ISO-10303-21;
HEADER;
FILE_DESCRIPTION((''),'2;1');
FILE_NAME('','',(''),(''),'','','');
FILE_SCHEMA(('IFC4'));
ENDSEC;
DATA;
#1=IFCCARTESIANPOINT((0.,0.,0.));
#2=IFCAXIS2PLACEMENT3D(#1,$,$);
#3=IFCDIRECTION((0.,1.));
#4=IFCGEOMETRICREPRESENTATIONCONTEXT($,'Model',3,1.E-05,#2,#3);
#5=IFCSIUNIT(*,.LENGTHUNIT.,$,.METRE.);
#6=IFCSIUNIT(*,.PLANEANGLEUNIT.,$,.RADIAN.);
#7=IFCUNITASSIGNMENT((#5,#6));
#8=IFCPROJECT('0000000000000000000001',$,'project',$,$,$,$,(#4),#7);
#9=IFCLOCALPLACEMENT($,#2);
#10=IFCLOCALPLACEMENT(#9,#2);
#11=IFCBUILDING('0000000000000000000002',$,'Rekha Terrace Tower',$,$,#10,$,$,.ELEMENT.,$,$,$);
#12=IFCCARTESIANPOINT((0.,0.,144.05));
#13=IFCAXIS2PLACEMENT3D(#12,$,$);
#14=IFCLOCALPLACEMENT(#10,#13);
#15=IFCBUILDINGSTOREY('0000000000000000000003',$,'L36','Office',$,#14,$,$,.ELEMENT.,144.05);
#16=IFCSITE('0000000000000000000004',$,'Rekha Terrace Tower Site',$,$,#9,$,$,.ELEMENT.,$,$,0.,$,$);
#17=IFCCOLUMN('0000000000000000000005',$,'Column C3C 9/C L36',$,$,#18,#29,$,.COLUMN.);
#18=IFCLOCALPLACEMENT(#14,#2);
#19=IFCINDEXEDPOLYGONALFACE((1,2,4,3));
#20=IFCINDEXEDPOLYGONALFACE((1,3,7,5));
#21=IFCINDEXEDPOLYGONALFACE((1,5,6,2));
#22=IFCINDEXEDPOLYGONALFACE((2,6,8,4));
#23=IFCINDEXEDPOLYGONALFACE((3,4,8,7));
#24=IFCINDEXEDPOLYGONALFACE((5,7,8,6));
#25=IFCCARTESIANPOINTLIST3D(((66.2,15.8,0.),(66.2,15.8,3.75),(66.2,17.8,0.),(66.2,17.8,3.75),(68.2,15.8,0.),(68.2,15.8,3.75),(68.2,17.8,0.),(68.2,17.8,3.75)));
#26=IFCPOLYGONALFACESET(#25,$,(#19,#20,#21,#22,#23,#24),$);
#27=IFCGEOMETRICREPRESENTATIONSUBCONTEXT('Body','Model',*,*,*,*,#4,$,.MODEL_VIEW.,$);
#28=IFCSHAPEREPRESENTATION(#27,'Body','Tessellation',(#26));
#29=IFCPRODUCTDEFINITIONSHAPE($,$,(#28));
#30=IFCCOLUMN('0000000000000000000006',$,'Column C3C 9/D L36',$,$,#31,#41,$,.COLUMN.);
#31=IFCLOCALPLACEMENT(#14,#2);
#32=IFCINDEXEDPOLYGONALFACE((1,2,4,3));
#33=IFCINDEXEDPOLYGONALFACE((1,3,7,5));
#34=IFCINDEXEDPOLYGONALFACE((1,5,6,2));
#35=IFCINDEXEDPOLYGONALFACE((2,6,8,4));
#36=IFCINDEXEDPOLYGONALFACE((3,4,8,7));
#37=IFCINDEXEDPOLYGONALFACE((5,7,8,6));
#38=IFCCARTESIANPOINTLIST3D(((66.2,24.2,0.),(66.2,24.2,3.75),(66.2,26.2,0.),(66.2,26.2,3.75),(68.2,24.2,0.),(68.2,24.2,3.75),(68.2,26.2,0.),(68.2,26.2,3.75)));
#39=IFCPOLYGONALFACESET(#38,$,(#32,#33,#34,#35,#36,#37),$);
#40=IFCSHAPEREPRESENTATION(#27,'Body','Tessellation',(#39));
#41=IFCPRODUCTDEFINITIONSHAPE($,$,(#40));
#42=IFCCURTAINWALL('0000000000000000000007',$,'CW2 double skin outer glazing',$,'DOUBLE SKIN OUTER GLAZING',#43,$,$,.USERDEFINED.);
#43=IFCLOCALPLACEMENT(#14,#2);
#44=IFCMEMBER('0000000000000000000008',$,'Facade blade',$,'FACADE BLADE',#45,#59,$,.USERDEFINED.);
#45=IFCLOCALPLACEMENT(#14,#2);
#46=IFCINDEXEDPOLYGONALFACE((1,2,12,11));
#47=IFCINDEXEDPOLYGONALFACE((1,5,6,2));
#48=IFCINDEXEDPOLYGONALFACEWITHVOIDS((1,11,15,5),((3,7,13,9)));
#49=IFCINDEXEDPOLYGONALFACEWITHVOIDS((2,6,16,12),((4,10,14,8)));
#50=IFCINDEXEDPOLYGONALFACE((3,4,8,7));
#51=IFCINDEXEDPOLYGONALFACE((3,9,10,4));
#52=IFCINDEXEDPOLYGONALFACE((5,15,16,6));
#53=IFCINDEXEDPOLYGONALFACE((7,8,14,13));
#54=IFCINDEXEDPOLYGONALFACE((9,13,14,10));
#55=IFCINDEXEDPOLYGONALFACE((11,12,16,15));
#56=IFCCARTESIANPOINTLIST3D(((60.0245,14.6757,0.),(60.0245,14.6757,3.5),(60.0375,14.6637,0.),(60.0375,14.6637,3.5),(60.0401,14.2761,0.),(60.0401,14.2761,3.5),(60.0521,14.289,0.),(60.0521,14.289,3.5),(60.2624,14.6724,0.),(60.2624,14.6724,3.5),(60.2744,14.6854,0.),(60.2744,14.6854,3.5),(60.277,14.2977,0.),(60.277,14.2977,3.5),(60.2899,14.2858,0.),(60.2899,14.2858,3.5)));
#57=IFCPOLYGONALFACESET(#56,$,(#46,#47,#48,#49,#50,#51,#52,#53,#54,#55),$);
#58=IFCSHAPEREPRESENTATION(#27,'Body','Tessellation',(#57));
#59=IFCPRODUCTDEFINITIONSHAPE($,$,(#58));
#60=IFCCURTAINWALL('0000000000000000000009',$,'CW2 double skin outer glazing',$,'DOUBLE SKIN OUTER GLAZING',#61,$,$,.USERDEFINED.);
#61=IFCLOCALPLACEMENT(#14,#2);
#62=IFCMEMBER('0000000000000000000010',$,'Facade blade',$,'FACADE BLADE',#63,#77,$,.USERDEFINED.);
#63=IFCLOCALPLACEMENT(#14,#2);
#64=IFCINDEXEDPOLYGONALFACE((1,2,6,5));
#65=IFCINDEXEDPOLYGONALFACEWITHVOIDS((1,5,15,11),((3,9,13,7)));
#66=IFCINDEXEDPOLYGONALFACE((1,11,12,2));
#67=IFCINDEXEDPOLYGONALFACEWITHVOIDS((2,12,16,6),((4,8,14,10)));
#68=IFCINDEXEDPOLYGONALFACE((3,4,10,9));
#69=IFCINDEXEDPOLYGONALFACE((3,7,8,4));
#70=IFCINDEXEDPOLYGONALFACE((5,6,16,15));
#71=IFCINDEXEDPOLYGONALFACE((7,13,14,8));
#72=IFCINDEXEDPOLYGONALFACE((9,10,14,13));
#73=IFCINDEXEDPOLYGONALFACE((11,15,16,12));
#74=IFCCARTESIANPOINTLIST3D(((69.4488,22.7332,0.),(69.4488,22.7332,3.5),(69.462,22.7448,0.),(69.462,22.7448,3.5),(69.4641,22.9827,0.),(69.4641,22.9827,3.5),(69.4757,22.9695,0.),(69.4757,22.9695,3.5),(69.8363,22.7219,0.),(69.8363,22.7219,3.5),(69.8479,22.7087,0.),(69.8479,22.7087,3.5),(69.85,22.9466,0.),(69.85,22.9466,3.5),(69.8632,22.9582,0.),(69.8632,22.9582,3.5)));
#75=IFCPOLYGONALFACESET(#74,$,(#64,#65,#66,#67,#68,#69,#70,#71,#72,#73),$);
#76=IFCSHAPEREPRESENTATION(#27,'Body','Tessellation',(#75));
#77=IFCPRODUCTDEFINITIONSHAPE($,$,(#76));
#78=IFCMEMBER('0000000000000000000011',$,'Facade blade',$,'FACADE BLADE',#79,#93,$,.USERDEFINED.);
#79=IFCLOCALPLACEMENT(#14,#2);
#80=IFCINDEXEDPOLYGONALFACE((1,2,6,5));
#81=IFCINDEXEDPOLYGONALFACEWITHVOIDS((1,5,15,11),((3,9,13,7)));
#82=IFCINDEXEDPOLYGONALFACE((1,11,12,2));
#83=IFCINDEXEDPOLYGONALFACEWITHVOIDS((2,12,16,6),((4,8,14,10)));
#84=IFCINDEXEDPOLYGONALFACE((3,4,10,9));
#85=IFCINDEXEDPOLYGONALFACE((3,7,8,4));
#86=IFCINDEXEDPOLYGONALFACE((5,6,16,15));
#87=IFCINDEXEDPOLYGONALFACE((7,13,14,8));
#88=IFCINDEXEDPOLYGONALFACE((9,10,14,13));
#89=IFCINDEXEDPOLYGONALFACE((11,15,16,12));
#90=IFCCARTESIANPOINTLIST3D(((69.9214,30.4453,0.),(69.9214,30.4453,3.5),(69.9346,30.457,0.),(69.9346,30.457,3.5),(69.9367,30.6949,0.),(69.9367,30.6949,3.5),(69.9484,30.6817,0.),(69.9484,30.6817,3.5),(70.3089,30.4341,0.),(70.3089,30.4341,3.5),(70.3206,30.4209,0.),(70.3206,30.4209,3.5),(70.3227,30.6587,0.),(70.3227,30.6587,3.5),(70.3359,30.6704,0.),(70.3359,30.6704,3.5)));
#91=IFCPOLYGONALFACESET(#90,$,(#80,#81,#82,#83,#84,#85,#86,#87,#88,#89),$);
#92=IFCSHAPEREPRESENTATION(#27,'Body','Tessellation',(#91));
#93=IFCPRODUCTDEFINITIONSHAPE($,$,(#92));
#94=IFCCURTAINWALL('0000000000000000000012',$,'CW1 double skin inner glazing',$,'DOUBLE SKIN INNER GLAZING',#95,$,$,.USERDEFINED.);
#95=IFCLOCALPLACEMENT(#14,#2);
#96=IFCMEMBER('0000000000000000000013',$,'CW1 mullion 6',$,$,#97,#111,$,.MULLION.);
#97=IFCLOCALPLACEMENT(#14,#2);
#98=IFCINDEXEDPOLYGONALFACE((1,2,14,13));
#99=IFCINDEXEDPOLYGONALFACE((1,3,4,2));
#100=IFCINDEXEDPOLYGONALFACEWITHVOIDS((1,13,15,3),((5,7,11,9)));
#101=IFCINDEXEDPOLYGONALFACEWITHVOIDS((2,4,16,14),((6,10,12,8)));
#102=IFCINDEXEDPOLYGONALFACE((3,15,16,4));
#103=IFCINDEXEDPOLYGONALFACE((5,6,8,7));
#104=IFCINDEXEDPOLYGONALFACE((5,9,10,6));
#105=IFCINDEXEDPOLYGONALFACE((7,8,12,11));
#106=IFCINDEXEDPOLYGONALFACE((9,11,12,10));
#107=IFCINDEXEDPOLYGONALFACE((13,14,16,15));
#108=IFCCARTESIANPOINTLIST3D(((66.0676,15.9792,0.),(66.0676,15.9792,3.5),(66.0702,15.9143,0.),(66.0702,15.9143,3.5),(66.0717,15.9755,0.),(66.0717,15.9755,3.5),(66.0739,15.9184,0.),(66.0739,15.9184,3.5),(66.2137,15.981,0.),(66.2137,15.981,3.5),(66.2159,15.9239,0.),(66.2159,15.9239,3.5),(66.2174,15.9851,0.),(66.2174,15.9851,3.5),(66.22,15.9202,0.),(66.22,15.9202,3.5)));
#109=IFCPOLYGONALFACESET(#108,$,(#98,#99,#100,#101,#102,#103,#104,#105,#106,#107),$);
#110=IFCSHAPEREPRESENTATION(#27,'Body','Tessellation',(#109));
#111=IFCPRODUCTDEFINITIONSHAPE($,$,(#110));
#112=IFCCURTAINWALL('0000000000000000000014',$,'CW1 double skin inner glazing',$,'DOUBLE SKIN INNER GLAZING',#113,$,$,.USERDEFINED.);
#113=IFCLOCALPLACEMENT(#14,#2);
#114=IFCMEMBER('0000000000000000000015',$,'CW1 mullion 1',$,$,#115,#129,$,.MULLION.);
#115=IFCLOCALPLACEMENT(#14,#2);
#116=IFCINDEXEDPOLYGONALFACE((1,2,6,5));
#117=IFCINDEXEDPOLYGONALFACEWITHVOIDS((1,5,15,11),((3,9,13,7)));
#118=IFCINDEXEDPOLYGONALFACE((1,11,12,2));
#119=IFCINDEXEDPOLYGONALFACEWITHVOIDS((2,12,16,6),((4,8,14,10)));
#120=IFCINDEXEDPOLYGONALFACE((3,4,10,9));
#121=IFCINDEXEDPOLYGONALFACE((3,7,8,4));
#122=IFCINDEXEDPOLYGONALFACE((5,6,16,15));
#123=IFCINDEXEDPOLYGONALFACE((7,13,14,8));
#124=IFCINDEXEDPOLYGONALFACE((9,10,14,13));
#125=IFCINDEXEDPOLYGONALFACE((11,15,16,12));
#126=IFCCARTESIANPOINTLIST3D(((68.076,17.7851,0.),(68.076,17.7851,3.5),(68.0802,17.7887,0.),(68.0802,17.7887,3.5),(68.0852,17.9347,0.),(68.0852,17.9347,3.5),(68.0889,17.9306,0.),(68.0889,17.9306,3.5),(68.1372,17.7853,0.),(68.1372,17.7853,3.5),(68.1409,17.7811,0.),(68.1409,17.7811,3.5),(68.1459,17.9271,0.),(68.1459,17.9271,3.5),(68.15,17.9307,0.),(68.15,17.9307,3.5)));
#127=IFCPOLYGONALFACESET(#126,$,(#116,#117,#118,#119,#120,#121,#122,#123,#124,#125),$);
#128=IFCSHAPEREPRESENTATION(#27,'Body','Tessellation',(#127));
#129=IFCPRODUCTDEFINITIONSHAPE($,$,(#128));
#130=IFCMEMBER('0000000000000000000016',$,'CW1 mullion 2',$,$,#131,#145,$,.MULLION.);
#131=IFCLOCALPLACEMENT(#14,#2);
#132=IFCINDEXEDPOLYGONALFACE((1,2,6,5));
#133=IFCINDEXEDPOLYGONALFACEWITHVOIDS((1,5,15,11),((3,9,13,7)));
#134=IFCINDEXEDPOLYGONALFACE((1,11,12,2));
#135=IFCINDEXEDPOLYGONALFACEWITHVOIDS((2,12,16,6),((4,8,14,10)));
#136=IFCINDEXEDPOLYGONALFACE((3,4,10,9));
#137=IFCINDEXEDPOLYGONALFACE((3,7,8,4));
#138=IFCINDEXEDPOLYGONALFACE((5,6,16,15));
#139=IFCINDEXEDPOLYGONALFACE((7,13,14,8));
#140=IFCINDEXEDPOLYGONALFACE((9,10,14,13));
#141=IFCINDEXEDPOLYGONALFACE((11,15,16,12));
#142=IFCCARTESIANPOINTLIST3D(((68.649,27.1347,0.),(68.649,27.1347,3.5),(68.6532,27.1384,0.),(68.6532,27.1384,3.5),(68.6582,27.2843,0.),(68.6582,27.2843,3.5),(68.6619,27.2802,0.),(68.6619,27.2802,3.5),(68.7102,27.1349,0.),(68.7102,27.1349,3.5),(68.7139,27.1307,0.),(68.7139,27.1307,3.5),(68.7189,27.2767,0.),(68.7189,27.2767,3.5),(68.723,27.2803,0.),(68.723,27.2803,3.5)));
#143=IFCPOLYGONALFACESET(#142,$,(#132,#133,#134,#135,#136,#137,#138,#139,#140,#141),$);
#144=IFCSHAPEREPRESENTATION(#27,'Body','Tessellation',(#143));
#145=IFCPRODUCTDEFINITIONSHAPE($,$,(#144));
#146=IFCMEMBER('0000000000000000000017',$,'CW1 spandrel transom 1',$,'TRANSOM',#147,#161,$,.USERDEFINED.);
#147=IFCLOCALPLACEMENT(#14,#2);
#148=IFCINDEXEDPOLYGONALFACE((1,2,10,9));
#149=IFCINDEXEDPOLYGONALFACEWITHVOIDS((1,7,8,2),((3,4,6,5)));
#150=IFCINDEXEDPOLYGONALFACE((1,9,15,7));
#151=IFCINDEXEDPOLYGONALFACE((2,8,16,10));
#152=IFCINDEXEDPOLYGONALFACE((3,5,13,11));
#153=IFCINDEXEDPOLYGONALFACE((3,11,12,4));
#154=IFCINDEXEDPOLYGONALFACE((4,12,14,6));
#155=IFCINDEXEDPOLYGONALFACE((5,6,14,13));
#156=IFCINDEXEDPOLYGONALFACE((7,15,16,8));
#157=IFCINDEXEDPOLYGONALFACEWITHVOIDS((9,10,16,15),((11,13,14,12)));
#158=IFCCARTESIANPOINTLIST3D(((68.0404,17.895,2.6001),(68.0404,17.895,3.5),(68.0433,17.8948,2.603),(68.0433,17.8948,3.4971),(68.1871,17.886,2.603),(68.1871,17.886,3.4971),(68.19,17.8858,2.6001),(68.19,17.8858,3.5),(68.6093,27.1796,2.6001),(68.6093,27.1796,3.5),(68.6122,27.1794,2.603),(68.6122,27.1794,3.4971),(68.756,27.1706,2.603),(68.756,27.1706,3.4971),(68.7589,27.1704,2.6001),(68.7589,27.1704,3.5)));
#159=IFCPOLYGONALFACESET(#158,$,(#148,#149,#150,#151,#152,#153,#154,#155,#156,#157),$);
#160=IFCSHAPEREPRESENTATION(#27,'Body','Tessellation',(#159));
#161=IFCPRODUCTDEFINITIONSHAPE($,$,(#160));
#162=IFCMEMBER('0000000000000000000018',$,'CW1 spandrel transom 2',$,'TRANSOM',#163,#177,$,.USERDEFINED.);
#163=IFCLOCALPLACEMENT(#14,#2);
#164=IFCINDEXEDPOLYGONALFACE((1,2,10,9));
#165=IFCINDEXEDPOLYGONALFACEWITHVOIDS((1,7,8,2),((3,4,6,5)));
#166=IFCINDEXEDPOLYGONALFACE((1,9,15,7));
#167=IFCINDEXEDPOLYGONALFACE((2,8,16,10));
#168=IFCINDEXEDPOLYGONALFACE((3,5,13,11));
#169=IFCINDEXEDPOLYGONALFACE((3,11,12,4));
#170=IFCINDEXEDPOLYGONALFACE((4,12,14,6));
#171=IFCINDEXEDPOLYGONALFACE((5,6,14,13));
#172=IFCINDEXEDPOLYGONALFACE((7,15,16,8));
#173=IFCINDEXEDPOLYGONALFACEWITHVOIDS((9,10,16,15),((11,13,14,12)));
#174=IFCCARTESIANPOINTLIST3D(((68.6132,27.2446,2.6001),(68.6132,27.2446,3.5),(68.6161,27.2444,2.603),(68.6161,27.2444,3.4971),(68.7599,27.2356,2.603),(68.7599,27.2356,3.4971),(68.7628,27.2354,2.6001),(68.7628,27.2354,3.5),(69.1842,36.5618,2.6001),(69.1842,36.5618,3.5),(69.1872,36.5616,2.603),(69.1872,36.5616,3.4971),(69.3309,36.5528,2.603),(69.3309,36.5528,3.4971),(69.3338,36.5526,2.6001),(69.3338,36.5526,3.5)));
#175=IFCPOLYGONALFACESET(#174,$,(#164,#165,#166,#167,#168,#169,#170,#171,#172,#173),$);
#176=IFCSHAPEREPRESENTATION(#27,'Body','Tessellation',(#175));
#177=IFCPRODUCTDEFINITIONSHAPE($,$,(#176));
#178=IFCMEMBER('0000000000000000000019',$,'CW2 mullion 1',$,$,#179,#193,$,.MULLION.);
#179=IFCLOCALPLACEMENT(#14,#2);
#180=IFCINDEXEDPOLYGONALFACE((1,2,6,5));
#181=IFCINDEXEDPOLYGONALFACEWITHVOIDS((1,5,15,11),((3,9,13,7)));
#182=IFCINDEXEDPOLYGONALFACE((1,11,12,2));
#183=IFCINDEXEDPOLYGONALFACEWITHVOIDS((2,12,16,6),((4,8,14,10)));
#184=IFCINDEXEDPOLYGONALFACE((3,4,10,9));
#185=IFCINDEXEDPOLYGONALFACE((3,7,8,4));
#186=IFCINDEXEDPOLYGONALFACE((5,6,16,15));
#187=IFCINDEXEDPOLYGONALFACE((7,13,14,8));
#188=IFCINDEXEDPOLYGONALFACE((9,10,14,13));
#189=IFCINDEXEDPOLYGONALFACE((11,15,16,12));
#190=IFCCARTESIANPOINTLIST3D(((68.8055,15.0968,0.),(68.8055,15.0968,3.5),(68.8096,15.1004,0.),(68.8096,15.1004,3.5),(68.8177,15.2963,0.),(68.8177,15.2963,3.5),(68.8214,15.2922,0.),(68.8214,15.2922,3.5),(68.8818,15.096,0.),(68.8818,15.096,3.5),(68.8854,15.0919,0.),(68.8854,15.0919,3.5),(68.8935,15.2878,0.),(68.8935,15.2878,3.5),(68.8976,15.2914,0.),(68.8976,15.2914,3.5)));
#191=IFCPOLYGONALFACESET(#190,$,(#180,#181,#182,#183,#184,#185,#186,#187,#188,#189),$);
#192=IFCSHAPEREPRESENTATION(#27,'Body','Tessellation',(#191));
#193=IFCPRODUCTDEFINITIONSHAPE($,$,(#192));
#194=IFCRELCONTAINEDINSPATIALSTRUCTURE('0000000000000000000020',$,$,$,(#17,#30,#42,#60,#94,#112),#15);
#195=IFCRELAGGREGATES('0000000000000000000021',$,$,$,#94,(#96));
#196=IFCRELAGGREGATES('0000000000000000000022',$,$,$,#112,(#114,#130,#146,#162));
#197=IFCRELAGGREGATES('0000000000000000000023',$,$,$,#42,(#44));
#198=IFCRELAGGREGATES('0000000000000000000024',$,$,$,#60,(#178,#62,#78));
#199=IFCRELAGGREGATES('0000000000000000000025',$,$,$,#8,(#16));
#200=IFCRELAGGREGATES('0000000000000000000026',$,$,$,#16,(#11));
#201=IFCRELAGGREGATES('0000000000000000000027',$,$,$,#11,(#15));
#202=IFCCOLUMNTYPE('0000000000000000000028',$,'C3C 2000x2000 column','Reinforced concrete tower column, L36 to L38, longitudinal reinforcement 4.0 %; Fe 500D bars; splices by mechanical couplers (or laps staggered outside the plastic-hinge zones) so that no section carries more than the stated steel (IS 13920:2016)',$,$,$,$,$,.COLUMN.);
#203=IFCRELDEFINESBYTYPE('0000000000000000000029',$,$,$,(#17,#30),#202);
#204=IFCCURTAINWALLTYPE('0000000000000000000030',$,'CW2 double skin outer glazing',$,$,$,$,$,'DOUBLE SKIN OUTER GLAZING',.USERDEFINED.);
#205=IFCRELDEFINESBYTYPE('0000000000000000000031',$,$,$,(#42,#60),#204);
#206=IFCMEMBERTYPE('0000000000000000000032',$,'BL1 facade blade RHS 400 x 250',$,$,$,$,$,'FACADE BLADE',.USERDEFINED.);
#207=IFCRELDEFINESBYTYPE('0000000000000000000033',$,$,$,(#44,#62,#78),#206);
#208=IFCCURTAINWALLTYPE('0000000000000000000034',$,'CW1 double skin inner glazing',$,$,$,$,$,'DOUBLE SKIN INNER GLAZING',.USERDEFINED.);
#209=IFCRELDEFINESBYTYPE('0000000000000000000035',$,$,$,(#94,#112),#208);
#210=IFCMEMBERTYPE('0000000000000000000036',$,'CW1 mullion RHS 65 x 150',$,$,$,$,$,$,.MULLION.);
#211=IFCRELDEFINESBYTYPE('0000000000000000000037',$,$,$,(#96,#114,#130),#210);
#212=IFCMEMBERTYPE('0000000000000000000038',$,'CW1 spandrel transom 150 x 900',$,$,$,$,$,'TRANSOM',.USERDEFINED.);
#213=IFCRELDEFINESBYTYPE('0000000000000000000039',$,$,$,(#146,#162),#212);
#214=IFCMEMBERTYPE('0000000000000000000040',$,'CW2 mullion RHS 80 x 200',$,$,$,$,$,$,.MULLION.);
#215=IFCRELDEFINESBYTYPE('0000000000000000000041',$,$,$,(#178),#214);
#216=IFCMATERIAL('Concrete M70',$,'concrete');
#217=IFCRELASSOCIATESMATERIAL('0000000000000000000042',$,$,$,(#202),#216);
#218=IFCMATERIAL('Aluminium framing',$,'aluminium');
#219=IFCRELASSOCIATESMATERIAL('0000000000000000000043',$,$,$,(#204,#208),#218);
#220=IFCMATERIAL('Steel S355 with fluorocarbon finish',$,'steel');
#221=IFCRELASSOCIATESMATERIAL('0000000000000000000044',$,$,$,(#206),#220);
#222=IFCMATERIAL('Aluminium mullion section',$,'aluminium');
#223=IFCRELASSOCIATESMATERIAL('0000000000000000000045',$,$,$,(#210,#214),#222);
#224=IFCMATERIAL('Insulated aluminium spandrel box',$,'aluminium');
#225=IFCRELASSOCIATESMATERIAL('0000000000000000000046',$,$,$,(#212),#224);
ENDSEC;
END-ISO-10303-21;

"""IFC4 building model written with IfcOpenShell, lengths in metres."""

from ifc_helpers import new_model, si_unit, direction, frame, origin, origin_2d, place, context, subcontext, project, spatial, rectangle, hollow_rectangle, extrude, material, material_profile, profile_set, type_object, element, aggregate, save


model = new_model("IFC4")

# Units and contexts
model_context = context("Model", 3, precision=1e-05, world=origin(), true_north=direction((0.0, 1.0)))
body_context = subcontext(model_context, "Body", "Model", "MODEL_VIEW")
ifc_project = project(units=[si_unit("LENGTHUNIT", "METRE"), si_unit("PLANEANGLEUNIT", "RADIAN")], contexts=[model_context])

# Site, building, storey
site_placement = place(None, origin())
site = spatial("IfcSite", under=ifc_project, at=site_placement, Name="Rekha Terrace Tower Site", CompositionType="ELEMENT", RefElevation=0.0)
building_placement = place(site_placement, origin())
building = spatial("IfcBuilding", under=site, at=building_placement, Name="Rekha Terrace Tower", CompositionType="ELEMENT")
storey_placement = place(building_placement, frame((0.0, 0.0, 144.05)))
storey = spatial("IfcBuildingStorey", under=building, at=storey_placement, Name="L36", Description="Office", CompositionType="ELEMENT", Elevation=144.05)

# Columns
ifc_material_1 = material(Name="Concrete M70", Category="concrete")
ifc_material_profile_1 = material_profile(ifc_material_1, rectangle(XDim=2.0, YDim=2.0, at=origin_2d()), Name="RC 2000x2000")
ifc_profile_set_1 = profile_set([ifc_material_profile_1], Name="Concrete M70")
column_type = type_object("IfcColumnType", Name="C3C 2000x2000 column", Description="Reinforced concrete tower column, L36 to L38, longitudinal reinforcement 4.0 %; Fe 500D bars; splices by mechanical couplers (or laps staggered outside the plastic-hinge zones) so that no section carries more than the stated steel (IS 13920:2016)", PredefinedType="COLUMN", material=ifc_profile_set_1)
for number, where, z_axis, x_axis, name in (
    (1, (67.2, 16.8, 0.0), (0.0, 0.0, 1.0), (1.0, 0.0, 0.0), "Column C3C 9/C L36"),
    (2, (67.2, 25.2, 0.0), (0.0, 0.0, 1.0), (1.0, 0.0, 0.0), "Column C3C 9/D L36"),
):
    element("IfcColumn", number, at=place(storey_placement, frame(where, z_axis=z_axis, x_axis=x_axis)), inside=storey, type_object=column_type, Name=name, PredefinedType="COLUMN", context=body_context, shape_type="SweptSolid", body=[
        extrude(rectangle(XDim=2.0, YDim=2.0, at=origin_2d()), origin(), (0.0, 0.0, 1.0), 3.75),
    ])

# Curtain wall, member
ifc_material_2 = material(Name="Aluminium framing", Category="aluminium")
curtain_wall_type_1 = type_object("IfcCurtainWallType", Name="CW2 double skin outer glazing", ElementType="DOUBLE SKIN OUTER GLAZING", PredefinedType="USERDEFINED", material=ifc_material_2)
curtain_wall_1_placement = place(storey_placement, origin())
curtain_wall_1 = element("IfcCurtainWall", 3, at=curtain_wall_1_placement, inside=storey, type_object=curtain_wall_type_1, Name="CW2 double skin outer glazing", ObjectType="DOUBLE SKIN OUTER GLAZING", PredefinedType="USERDEFINED")
ifc_material_3 = material(Name="Steel S355 with fluorocarbon finish", Category="steel")
ifc_material_profile_2 = material_profile(ifc_material_3, hollow_rectangle(XDim=0.25, YDim=0.3999, WallThickness=0.0125, at=origin_2d()), Name="RHS400x250x12.5")
ifc_profile_set_2 = profile_set([ifc_material_profile_2], Name="Steel S355 with fluorocarbon finish")
member_type_1 = type_object("IfcMemberType", Name="BL1 facade blade RHS 400 x 250", ElementType="FACADE BLADE", PredefinedType="USERDEFINED", material=ifc_profile_set_2)
member_1_placement = place(storey_placement, frame((60.1572, 14.4807, 0.0), z_axis=(0.0, 0.0, 1.0), x_axis=(0.999243, 0.03889, 0.0)))
member_1 = element("IfcMember", 4, at=member_1_placement, type_object=member_type_1, Name="Facade blade", ObjectType="FACADE BLADE", PredefinedType="USERDEFINED", context=body_context, shape_type="SweptSolid", body=[
    extrude(hollow_rectangle(XDim=0.25, YDim=0.3999, WallThickness=0.0125, at=origin_2d()), origin(), (0.0, 0.0, 1.0), 3.5),
])

# Curtain wall, members
curtain_wall_2_placement = place(storey_placement, origin())
curtain_wall_2 = element("IfcCurtainWall", 5, at=curtain_wall_2_placement, inside=storey, type_object=curtain_wall_type_1, Name="CW2 double skin outer glazing", ObjectType="DOUBLE SKIN OUTER GLAZING", PredefinedType="USERDEFINED")
member_2_placement = place(storey_placement, frame((69.656, 22.8457, 0.0), z_axis=(0.0, 0.0, 1.0), x_axis=(0.06116, 0.998128, 0.0)))
member_2 = element("IfcMember", 6, at=member_2_placement, type_object=member_type_1, Name="Facade blade", ObjectType="FACADE BLADE", PredefinedType="USERDEFINED", context=body_context, shape_type="SweptSolid", body=[
    extrude(hollow_rectangle(XDim=0.25, YDim=0.3999, WallThickness=0.0125, at=origin_2d()), origin(), (0.0, 0.0, 1.0), 3.5),
])
member_3_placement = place(storey_placement, frame((70.1287, 30.5579, 0.0), z_axis=(0.0, 0.0, 1.0), x_axis=(0.06116, 0.998128, 0.0)))
member_3 = element("IfcMember", 7, at=member_3_placement, type_object=member_type_1, Name="Facade blade", ObjectType="FACADE BLADE", PredefinedType="USERDEFINED", context=body_context, shape_type="SweptSolid", body=[
    extrude(hollow_rectangle(XDim=0.25, YDim=0.3999, WallThickness=0.0125, at=origin_2d()), origin(), (0.0, 0.0, 1.0), 3.5),
])

# Curtain wall, member
curtain_wall_type_2 = type_object("IfcCurtainWallType", Name="CW1 double skin inner glazing", ElementType="DOUBLE SKIN INNER GLAZING", PredefinedType="USERDEFINED", material=ifc_material_2)
curtain_wall_3_placement = place(storey_placement, origin())
curtain_wall_3 = element("IfcCurtainWall", 8, at=curtain_wall_3_placement, inside=storey, type_object=curtain_wall_type_2, Name="CW1 double skin inner glazing", ObjectType="DOUBLE SKIN INNER GLAZING", PredefinedType="USERDEFINED")
ifc_material_4 = material(Name="Aluminium mullion section", Category="aluminium")
ifc_material_profile_3 = material_profile(ifc_material_4, hollow_rectangle(XDim=0.0649, YDim=0.1499, WallThickness=0.0039, at=origin_2d()), Name="AL RHS 65x150")
ifc_profile_set_3 = profile_set([ifc_material_profile_3], Name="Aluminium mullion section")
member_type_2 = type_object("IfcMemberType", Name="CW1 mullion RHS 65 x 150", PredefinedType="MULLION", material=ifc_profile_set_3)
member_4_placement = place(storey_placement, frame((66.1438, 15.9497, 0.0), z_axis=(0.0, 0.0, 1.0), x_axis=(-0.03889, 0.999243, 0.0)))
member_4 = element("IfcMember", 9, at=member_4_placement, type_object=member_type_2, Name="CW1 mullion 6", PredefinedType="MULLION", context=body_context, shape_type="SweptSolid", body=[
    extrude(hollow_rectangle(XDim=0.0649, YDim=0.1499, WallThickness=0.0039, at=origin_2d()), origin(), (0.0, 0.0, 1.0), 3.5),
])

# Curtain wall, members
curtain_wall_4_placement = place(storey_placement, origin())
curtain_wall_4 = element("IfcCurtainWall", 10, at=curtain_wall_4_placement, inside=storey, type_object=curtain_wall_type_2, Name="CW1 double skin inner glazing", ObjectType="DOUBLE SKIN INNER GLAZING", PredefinedType="USERDEFINED")
member_5_placement = place(storey_placement, frame((68.113, 17.8579, 0.0), z_axis=(0.0, 0.0, 1.0), x_axis=(-0.998128, 0.06116, 0.0)))
member_5 = element("IfcMember", 11, at=member_5_placement, type_object=member_type_2, Name="CW1 mullion 1", PredefinedType="MULLION", context=body_context, shape_type="SweptSolid", body=[
    extrude(hollow_rectangle(XDim=0.0649, YDim=0.1499, WallThickness=0.0039, at=origin_2d()), origin(), (0.0, 0.0, 1.0), 3.5),
])
member_6_placement = place(storey_placement, frame((68.686, 27.2075, 0.0), z_axis=(0.0, 0.0, 1.0), x_axis=(-0.998128, 0.06116, 0.0)))
member_6 = element("IfcMember", 12, at=member_6_placement, type_object=member_type_2, Name="CW1 mullion 2", PredefinedType="MULLION", context=body_context, shape_type="SweptSolid", body=[
    extrude(hollow_rectangle(XDim=0.0649, YDim=0.1499, WallThickness=0.0039, at=origin_2d()), origin(), (0.0, 0.0, 1.0), 3.5),
])
ifc_material_5 = material(Name="Insulated aluminium spandrel box", Category="aluminium")
ifc_material_profile_4 = material_profile(ifc_material_5, hollow_rectangle(XDim=0.1499, YDim=0.8999, WallThickness=0.0029, at=origin_2d()), Name="AL SPANDREL BOX 150x900")
ifc_profile_set_4 = profile_set([ifc_material_profile_4], Name="Insulated aluminium spandrel box")
member_type_3 = type_object("IfcMemberType", Name="CW1 spandrel transom 150 x 900", ElementType="TRANSOM", PredefinedType="USERDEFINED", material=ifc_profile_set_4)
member_7_placement = place(storey_placement, frame((68.1152, 17.8904, 3.05), z_axis=(0.061153, 0.998128, 0.0), x_axis=(-0.998128, 0.061153, 0.0)))
member_7 = element("IfcMember", 13, at=member_7_placement, type_object=member_type_3, Name="CW1 spandrel transom 1", ObjectType="TRANSOM", PredefinedType="USERDEFINED", context=body_context, shape_type="SweptSolid", body=[
    extrude(hollow_rectangle(XDim=0.1499, YDim=0.8999, WallThickness=0.0029, at=origin_2d()), origin(), (0.0, 0.0, 1.0), 9.302),
])
member_8_placement = place(storey_placement, frame((68.688, 27.24, 3.05), z_axis=(0.061175, 0.998127, 0.0), x_axis=(-0.998127, 0.061175, 0.0)))
member_8 = element("IfcMember", 14, at=member_8_placement, type_object=member_type_3, Name="CW1 spandrel transom 2", ObjectType="TRANSOM", PredefinedType="USERDEFINED", context=body_context, shape_type="SweptSolid", body=[
    extrude(hollow_rectangle(XDim=0.1499, YDim=0.8999, WallThickness=0.0029, at=origin_2d()), origin(), (0.0, 0.0, 1.0), 9.3347),
])

# Member
ifc_material_profile_5 = material_profile(ifc_material_4, hollow_rectangle(XDim=0.0801, YDim=0.2, WallThickness=0.0039, at=origin_2d()), Name="AL RHS 80x200")
ifc_profile_set_5 = profile_set([ifc_material_profile_5], Name="Aluminium mullion section")
member_type_4 = type_object("IfcMemberType", Name="CW2 mullion RHS 80 x 200", PredefinedType="MULLION", material=ifc_profile_set_5)
member_9_placement = place(storey_placement, frame((68.8516, 15.1941, 0.0), z_axis=(0.0, 0.0, 1.0), x_axis=(-0.998128, 0.06116, 0.0)))
member_9 = element("IfcMember", 15, at=member_9_placement, type_object=member_type_4, Name="CW2 mullion 1", PredefinedType="MULLION", context=body_context, shape_type="SweptSolid", body=[
    extrude(hollow_rectangle(XDim=0.0801, YDim=0.2, WallThickness=0.0039, at=origin_2d()), origin(), (0.0, 0.0, 1.0), 3.5),
])

aggregate(curtain_wall_3, [member_4])
aggregate(curtain_wall_4, [member_5, member_6, member_7, member_8])
aggregate(curtain_wall_1, [member_1])
aggregate(curtain_wall_2, [member_9, member_2, member_3])

save(model, "model.ifc")
